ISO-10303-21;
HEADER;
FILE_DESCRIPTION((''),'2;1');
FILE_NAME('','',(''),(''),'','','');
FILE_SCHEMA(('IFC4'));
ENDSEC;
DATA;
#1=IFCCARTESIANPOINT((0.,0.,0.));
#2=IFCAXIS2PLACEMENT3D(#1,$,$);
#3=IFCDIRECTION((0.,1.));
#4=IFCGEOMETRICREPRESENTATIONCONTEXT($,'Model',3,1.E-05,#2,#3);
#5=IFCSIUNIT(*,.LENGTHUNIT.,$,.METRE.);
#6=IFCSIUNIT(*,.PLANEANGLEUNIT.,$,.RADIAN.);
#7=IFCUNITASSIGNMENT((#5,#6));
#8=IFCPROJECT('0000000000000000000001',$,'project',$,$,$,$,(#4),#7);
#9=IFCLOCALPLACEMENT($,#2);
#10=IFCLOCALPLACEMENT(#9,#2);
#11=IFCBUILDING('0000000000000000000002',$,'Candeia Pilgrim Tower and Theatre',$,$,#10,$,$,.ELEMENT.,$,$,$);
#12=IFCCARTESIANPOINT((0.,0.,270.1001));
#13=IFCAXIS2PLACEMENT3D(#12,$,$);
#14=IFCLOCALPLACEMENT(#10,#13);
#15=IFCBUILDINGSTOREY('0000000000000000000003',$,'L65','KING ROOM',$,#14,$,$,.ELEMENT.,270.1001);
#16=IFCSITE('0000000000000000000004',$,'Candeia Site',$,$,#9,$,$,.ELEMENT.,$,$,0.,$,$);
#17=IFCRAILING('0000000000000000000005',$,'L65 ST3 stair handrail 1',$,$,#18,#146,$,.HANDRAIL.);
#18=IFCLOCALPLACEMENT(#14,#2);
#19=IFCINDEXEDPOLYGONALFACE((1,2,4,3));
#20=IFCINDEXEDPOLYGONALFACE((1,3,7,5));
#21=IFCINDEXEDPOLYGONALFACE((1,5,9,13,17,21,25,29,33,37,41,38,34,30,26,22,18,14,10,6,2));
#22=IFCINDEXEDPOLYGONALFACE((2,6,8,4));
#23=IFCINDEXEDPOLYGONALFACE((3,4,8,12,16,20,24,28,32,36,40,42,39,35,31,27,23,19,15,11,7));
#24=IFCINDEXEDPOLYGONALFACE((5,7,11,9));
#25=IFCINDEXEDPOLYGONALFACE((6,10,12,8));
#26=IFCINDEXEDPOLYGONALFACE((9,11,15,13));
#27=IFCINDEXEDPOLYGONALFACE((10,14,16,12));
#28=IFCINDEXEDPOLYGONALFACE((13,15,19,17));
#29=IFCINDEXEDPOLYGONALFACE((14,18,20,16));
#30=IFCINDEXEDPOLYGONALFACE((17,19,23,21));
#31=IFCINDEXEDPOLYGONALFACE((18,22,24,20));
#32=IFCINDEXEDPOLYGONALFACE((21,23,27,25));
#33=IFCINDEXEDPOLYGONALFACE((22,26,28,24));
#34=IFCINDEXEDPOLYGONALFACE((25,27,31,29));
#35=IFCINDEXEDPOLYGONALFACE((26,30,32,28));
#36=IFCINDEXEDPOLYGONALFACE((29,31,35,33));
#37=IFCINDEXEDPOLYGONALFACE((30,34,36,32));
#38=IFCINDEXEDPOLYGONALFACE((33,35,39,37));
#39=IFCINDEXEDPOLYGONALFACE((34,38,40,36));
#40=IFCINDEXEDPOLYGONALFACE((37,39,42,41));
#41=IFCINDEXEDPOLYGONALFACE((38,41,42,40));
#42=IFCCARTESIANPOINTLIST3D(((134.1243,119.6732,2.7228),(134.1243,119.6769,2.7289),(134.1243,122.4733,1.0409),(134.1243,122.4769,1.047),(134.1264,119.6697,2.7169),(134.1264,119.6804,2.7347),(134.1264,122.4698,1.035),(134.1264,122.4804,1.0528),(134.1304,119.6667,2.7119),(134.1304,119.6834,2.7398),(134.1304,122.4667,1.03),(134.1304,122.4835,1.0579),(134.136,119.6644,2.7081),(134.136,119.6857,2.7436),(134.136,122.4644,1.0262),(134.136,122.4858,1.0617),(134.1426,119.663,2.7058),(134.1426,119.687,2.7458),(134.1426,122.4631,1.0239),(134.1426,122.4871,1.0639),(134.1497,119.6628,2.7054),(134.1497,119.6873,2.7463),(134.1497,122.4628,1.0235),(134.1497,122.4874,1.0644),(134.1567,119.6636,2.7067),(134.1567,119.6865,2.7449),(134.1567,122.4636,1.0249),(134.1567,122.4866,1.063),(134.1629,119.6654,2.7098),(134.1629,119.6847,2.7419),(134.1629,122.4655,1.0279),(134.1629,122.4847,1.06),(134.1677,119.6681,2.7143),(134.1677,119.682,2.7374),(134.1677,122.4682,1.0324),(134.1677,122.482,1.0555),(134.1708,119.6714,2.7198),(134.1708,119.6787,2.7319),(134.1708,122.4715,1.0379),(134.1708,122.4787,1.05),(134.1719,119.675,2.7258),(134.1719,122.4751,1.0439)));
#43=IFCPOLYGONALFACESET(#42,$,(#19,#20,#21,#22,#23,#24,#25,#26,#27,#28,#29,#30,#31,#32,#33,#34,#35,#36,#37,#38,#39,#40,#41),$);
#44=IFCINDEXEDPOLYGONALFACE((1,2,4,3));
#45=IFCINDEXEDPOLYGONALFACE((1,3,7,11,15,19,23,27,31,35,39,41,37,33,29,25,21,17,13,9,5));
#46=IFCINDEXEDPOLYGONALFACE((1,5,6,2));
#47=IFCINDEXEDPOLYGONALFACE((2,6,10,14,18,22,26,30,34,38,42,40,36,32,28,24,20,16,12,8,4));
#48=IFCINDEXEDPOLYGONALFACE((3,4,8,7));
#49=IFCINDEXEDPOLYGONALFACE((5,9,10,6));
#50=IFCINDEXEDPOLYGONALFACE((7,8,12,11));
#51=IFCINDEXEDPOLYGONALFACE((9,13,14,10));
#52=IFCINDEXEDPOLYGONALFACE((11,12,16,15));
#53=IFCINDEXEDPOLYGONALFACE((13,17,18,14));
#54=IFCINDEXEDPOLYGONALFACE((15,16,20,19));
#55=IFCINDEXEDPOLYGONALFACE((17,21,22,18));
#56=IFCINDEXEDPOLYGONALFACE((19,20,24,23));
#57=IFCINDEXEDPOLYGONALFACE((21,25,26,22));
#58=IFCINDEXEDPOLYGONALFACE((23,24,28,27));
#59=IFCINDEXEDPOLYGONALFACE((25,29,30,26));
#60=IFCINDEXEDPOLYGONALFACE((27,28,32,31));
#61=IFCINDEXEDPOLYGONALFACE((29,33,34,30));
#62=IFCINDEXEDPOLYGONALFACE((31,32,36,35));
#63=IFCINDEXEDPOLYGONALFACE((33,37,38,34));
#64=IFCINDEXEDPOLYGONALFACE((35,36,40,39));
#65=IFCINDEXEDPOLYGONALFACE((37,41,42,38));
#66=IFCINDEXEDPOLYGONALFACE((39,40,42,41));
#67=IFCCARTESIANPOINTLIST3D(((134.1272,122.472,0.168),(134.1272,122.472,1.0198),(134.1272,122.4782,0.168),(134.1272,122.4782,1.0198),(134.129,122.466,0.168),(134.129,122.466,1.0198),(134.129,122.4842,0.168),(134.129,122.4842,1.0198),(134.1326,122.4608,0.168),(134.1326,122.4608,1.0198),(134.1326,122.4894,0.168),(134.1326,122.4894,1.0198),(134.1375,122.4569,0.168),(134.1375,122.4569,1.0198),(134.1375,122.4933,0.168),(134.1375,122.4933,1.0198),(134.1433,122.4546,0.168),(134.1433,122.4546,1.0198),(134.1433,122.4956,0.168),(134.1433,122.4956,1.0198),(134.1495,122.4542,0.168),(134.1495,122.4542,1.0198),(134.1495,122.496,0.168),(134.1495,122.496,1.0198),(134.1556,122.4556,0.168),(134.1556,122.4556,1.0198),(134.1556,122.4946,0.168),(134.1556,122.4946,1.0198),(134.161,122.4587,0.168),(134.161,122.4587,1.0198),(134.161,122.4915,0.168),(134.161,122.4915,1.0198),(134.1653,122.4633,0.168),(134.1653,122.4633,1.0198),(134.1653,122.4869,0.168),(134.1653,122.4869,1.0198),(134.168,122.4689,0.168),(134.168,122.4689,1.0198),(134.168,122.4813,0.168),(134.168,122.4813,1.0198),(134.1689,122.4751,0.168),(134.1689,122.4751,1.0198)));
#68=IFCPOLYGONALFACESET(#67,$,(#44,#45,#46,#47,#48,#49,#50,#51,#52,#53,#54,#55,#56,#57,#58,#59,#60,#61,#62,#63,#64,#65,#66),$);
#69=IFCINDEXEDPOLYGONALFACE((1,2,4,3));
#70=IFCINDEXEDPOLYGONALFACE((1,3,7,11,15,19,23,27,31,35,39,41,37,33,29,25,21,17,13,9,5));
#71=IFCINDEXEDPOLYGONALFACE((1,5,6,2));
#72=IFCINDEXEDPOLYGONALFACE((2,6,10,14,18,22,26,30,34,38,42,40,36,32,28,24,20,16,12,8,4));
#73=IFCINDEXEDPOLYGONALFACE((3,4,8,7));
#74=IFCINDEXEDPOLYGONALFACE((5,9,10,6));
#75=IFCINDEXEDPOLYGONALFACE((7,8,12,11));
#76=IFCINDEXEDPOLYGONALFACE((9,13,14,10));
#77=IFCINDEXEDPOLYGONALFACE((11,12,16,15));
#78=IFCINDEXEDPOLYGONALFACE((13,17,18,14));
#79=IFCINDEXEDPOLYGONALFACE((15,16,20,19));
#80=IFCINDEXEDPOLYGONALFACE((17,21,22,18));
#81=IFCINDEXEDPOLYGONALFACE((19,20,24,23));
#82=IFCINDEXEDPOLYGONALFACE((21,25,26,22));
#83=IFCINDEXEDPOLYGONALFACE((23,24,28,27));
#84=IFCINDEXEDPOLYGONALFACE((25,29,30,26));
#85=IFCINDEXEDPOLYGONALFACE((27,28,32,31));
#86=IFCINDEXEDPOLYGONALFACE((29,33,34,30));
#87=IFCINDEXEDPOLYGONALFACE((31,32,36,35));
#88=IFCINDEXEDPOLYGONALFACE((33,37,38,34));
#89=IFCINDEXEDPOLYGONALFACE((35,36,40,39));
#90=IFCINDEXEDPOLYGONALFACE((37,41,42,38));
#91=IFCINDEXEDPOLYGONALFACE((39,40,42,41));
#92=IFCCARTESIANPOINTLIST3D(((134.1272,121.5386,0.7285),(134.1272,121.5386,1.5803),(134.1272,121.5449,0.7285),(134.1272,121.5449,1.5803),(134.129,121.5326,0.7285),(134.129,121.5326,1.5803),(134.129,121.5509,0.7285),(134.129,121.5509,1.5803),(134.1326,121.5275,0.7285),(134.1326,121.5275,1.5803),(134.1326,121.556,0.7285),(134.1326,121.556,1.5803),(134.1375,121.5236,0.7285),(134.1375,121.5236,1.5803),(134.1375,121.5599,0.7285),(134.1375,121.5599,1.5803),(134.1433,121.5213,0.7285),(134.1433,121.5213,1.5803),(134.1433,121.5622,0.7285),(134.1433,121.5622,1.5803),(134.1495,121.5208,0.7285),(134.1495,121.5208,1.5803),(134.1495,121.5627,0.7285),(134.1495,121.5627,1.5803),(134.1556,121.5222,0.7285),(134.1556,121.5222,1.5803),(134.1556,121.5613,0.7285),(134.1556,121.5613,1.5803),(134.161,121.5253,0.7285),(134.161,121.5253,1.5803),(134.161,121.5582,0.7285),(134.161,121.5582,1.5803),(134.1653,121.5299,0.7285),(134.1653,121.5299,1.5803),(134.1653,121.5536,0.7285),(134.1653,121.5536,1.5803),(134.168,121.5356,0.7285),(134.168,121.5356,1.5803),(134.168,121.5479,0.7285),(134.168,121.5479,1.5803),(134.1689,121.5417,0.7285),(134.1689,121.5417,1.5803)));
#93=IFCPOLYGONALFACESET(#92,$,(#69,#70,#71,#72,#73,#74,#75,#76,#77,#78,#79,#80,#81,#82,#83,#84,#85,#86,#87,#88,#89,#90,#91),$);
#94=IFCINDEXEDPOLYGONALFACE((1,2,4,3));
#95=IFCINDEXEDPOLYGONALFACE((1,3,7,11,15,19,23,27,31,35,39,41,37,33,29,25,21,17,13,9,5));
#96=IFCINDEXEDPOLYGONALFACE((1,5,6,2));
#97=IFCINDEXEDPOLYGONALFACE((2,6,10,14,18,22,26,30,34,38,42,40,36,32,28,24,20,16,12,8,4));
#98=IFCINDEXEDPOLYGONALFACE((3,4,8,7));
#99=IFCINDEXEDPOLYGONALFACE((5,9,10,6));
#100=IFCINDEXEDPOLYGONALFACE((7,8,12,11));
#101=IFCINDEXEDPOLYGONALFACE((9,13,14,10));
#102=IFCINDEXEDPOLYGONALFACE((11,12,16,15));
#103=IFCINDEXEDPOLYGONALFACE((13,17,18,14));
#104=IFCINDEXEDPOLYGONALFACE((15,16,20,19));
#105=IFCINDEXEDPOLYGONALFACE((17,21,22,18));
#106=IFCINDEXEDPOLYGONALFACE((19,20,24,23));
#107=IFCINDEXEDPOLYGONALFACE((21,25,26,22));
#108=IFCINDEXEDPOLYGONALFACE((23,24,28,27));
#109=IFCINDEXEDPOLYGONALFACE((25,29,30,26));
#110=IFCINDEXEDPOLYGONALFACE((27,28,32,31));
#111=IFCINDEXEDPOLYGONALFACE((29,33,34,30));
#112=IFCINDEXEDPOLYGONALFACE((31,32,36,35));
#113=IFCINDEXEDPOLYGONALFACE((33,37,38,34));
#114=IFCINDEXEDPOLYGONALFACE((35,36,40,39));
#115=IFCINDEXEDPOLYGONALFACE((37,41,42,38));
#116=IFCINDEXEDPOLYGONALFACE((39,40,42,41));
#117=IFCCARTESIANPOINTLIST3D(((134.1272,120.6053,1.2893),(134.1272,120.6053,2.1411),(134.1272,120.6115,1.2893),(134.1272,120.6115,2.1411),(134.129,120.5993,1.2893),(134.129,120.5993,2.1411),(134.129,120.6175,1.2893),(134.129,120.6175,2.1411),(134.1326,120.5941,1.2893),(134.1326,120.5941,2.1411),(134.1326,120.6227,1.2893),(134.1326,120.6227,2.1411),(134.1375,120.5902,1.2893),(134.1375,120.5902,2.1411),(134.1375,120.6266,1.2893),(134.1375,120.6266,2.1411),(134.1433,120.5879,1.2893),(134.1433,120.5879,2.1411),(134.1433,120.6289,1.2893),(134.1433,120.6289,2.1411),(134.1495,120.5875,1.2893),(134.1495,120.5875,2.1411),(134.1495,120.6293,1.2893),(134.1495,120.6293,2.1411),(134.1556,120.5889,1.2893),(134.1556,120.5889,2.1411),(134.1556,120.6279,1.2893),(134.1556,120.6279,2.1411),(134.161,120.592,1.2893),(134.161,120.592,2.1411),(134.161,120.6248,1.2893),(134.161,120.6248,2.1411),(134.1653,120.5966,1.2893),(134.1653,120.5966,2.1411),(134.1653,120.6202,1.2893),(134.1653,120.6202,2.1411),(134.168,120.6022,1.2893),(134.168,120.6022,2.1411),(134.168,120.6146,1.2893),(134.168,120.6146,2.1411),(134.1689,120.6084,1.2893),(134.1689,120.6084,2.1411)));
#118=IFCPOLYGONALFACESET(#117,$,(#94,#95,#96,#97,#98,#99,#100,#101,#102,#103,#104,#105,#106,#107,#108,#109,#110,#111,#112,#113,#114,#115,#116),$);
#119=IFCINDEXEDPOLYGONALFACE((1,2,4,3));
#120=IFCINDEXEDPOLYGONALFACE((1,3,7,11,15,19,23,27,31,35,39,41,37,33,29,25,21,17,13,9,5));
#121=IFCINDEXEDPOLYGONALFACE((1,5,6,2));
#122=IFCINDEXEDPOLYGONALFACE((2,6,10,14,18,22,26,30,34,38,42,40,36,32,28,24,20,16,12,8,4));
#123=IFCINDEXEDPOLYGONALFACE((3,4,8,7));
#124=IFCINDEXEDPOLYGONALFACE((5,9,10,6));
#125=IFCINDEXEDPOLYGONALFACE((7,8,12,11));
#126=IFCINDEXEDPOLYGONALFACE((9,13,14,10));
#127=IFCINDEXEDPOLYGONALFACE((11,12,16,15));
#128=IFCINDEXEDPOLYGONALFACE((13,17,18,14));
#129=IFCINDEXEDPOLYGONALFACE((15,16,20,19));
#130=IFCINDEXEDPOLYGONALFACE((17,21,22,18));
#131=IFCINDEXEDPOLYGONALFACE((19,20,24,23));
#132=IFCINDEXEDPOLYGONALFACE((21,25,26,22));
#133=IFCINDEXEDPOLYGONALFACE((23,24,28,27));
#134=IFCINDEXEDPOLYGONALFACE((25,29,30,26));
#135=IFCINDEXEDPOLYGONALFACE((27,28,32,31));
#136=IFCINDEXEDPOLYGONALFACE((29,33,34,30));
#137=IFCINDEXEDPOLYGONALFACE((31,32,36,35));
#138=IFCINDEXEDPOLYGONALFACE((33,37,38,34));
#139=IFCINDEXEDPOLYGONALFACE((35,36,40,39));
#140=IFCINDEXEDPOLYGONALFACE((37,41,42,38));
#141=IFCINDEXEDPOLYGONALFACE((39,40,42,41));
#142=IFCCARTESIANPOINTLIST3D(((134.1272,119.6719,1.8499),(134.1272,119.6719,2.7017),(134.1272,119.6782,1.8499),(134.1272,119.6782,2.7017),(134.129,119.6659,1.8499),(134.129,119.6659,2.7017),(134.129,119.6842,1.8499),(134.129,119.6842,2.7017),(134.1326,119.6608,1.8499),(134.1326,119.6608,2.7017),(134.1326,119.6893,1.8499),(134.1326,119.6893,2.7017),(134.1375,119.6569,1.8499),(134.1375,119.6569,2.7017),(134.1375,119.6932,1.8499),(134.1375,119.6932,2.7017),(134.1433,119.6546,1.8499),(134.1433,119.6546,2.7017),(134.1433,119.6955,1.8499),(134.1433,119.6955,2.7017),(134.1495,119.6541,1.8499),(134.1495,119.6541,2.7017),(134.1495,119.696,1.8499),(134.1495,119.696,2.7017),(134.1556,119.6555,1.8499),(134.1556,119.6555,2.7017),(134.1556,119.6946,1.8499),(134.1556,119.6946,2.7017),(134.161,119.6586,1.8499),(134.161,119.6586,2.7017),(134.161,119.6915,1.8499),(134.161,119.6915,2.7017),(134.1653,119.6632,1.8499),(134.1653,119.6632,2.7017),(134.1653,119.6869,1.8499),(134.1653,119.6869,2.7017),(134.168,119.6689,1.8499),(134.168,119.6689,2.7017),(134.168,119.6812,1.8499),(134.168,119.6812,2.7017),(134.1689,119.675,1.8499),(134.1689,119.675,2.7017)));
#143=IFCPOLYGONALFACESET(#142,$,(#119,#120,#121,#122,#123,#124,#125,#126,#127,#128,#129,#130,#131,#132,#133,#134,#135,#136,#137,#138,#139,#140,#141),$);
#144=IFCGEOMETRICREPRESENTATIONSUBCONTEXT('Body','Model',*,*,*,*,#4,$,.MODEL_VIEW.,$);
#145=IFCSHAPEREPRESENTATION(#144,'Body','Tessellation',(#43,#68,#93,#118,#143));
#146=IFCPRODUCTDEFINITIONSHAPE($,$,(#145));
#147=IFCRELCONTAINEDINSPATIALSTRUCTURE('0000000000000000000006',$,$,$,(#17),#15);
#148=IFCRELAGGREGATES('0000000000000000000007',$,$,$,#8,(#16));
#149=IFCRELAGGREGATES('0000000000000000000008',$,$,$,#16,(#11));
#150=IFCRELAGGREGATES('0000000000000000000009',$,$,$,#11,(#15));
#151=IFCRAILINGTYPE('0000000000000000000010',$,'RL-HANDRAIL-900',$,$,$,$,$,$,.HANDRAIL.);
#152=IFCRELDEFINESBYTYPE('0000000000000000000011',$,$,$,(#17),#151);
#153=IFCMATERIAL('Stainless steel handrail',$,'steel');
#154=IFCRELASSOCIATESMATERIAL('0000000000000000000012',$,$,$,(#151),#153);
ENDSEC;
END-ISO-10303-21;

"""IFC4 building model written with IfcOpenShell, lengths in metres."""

from ifc_helpers import new_model, si_unit, direction, frame, origin, origin_2d, place, context, subcontext, project, spatial, circle, extrude, material, type_object, element, save


model = new_model("IFC4")

# Units and contexts
model_context = context("Model", 3, precision=1e-05, world=origin(), true_north=direction((0.0, 1.0)))
body_context = subcontext(model_context, "Body", "Model", "MODEL_VIEW")
ifc_project = project(units=[si_unit("LENGTHUNIT", "METRE"), si_unit("PLANEANGLEUNIT", "RADIAN")], contexts=[model_context])

# Site, building, storey
site_placement = place(None, origin())
site = spatial("IfcSite", under=ifc_project, at=site_placement, Name="Candeia Site", CompositionType="ELEMENT", RefElevation=0.0)
building_placement = place(site_placement, origin())
building = spatial("IfcBuilding", under=site, at=building_placement, Name="Candeia Pilgrim Tower and Theatre", CompositionType="ELEMENT")
storey_placement = place(building_placement, frame((0.0, 0.0, 270.1001)))
storey = spatial("IfcBuildingStorey", under=building, at=storey_placement, Name="L65", Description="KING ROOM", CompositionType="ELEMENT", Elevation=270.1001)

# Railing
ifc_material_1 = material(Name="Stainless steel handrail", Category="steel")
railing_type_1 = type_object("IfcRailingType", Name="RL-HANDRAIL-900", PredefinedType="HANDRAIL", material=ifc_material_1)
railing_1_placement = place(storey_placement, frame((134.1479, 122.4751, 0.168)))
element("IfcRailing", 1, at=railing_1_placement, inside=storey, type_object=railing_type_1, Name="L65 ST3 stair handrail 1", PredefinedType="HANDRAIL", context=body_context, shape_type="SweptSolid", body=[
    extrude(circle(Radius=0.0239, at=origin_2d()), frame((0.0, 0.0, 0.876), z_axis=(0.0, -0.857242, 0.514913), x_axis=(1.0, 0.0, 0.0)), (0.0, 0.0, 1.0), 3.2664),
    extrude(circle(Radius=0.021, at=origin_2d()), origin(), (0.0, 0.0, 1.0), 0.8518),
    extrude(circle(Radius=0.021, at=origin_2d()), frame((0.0, -0.9333, 0.5605)), (0.0, 0.0, 1.0), 0.8518),
    extrude(circle(Radius=0.021, at=origin_2d()), frame((0.0, -1.8667, 1.1213)), (0.0, 0.0, 1.0), 0.8518),
    extrude(circle(Radius=0.021, at=origin_2d()), frame((0.0, -2.8, 1.6819)), (0.0, 0.0, 1.0), 0.8518),
])

save(model, "model.ifc")
